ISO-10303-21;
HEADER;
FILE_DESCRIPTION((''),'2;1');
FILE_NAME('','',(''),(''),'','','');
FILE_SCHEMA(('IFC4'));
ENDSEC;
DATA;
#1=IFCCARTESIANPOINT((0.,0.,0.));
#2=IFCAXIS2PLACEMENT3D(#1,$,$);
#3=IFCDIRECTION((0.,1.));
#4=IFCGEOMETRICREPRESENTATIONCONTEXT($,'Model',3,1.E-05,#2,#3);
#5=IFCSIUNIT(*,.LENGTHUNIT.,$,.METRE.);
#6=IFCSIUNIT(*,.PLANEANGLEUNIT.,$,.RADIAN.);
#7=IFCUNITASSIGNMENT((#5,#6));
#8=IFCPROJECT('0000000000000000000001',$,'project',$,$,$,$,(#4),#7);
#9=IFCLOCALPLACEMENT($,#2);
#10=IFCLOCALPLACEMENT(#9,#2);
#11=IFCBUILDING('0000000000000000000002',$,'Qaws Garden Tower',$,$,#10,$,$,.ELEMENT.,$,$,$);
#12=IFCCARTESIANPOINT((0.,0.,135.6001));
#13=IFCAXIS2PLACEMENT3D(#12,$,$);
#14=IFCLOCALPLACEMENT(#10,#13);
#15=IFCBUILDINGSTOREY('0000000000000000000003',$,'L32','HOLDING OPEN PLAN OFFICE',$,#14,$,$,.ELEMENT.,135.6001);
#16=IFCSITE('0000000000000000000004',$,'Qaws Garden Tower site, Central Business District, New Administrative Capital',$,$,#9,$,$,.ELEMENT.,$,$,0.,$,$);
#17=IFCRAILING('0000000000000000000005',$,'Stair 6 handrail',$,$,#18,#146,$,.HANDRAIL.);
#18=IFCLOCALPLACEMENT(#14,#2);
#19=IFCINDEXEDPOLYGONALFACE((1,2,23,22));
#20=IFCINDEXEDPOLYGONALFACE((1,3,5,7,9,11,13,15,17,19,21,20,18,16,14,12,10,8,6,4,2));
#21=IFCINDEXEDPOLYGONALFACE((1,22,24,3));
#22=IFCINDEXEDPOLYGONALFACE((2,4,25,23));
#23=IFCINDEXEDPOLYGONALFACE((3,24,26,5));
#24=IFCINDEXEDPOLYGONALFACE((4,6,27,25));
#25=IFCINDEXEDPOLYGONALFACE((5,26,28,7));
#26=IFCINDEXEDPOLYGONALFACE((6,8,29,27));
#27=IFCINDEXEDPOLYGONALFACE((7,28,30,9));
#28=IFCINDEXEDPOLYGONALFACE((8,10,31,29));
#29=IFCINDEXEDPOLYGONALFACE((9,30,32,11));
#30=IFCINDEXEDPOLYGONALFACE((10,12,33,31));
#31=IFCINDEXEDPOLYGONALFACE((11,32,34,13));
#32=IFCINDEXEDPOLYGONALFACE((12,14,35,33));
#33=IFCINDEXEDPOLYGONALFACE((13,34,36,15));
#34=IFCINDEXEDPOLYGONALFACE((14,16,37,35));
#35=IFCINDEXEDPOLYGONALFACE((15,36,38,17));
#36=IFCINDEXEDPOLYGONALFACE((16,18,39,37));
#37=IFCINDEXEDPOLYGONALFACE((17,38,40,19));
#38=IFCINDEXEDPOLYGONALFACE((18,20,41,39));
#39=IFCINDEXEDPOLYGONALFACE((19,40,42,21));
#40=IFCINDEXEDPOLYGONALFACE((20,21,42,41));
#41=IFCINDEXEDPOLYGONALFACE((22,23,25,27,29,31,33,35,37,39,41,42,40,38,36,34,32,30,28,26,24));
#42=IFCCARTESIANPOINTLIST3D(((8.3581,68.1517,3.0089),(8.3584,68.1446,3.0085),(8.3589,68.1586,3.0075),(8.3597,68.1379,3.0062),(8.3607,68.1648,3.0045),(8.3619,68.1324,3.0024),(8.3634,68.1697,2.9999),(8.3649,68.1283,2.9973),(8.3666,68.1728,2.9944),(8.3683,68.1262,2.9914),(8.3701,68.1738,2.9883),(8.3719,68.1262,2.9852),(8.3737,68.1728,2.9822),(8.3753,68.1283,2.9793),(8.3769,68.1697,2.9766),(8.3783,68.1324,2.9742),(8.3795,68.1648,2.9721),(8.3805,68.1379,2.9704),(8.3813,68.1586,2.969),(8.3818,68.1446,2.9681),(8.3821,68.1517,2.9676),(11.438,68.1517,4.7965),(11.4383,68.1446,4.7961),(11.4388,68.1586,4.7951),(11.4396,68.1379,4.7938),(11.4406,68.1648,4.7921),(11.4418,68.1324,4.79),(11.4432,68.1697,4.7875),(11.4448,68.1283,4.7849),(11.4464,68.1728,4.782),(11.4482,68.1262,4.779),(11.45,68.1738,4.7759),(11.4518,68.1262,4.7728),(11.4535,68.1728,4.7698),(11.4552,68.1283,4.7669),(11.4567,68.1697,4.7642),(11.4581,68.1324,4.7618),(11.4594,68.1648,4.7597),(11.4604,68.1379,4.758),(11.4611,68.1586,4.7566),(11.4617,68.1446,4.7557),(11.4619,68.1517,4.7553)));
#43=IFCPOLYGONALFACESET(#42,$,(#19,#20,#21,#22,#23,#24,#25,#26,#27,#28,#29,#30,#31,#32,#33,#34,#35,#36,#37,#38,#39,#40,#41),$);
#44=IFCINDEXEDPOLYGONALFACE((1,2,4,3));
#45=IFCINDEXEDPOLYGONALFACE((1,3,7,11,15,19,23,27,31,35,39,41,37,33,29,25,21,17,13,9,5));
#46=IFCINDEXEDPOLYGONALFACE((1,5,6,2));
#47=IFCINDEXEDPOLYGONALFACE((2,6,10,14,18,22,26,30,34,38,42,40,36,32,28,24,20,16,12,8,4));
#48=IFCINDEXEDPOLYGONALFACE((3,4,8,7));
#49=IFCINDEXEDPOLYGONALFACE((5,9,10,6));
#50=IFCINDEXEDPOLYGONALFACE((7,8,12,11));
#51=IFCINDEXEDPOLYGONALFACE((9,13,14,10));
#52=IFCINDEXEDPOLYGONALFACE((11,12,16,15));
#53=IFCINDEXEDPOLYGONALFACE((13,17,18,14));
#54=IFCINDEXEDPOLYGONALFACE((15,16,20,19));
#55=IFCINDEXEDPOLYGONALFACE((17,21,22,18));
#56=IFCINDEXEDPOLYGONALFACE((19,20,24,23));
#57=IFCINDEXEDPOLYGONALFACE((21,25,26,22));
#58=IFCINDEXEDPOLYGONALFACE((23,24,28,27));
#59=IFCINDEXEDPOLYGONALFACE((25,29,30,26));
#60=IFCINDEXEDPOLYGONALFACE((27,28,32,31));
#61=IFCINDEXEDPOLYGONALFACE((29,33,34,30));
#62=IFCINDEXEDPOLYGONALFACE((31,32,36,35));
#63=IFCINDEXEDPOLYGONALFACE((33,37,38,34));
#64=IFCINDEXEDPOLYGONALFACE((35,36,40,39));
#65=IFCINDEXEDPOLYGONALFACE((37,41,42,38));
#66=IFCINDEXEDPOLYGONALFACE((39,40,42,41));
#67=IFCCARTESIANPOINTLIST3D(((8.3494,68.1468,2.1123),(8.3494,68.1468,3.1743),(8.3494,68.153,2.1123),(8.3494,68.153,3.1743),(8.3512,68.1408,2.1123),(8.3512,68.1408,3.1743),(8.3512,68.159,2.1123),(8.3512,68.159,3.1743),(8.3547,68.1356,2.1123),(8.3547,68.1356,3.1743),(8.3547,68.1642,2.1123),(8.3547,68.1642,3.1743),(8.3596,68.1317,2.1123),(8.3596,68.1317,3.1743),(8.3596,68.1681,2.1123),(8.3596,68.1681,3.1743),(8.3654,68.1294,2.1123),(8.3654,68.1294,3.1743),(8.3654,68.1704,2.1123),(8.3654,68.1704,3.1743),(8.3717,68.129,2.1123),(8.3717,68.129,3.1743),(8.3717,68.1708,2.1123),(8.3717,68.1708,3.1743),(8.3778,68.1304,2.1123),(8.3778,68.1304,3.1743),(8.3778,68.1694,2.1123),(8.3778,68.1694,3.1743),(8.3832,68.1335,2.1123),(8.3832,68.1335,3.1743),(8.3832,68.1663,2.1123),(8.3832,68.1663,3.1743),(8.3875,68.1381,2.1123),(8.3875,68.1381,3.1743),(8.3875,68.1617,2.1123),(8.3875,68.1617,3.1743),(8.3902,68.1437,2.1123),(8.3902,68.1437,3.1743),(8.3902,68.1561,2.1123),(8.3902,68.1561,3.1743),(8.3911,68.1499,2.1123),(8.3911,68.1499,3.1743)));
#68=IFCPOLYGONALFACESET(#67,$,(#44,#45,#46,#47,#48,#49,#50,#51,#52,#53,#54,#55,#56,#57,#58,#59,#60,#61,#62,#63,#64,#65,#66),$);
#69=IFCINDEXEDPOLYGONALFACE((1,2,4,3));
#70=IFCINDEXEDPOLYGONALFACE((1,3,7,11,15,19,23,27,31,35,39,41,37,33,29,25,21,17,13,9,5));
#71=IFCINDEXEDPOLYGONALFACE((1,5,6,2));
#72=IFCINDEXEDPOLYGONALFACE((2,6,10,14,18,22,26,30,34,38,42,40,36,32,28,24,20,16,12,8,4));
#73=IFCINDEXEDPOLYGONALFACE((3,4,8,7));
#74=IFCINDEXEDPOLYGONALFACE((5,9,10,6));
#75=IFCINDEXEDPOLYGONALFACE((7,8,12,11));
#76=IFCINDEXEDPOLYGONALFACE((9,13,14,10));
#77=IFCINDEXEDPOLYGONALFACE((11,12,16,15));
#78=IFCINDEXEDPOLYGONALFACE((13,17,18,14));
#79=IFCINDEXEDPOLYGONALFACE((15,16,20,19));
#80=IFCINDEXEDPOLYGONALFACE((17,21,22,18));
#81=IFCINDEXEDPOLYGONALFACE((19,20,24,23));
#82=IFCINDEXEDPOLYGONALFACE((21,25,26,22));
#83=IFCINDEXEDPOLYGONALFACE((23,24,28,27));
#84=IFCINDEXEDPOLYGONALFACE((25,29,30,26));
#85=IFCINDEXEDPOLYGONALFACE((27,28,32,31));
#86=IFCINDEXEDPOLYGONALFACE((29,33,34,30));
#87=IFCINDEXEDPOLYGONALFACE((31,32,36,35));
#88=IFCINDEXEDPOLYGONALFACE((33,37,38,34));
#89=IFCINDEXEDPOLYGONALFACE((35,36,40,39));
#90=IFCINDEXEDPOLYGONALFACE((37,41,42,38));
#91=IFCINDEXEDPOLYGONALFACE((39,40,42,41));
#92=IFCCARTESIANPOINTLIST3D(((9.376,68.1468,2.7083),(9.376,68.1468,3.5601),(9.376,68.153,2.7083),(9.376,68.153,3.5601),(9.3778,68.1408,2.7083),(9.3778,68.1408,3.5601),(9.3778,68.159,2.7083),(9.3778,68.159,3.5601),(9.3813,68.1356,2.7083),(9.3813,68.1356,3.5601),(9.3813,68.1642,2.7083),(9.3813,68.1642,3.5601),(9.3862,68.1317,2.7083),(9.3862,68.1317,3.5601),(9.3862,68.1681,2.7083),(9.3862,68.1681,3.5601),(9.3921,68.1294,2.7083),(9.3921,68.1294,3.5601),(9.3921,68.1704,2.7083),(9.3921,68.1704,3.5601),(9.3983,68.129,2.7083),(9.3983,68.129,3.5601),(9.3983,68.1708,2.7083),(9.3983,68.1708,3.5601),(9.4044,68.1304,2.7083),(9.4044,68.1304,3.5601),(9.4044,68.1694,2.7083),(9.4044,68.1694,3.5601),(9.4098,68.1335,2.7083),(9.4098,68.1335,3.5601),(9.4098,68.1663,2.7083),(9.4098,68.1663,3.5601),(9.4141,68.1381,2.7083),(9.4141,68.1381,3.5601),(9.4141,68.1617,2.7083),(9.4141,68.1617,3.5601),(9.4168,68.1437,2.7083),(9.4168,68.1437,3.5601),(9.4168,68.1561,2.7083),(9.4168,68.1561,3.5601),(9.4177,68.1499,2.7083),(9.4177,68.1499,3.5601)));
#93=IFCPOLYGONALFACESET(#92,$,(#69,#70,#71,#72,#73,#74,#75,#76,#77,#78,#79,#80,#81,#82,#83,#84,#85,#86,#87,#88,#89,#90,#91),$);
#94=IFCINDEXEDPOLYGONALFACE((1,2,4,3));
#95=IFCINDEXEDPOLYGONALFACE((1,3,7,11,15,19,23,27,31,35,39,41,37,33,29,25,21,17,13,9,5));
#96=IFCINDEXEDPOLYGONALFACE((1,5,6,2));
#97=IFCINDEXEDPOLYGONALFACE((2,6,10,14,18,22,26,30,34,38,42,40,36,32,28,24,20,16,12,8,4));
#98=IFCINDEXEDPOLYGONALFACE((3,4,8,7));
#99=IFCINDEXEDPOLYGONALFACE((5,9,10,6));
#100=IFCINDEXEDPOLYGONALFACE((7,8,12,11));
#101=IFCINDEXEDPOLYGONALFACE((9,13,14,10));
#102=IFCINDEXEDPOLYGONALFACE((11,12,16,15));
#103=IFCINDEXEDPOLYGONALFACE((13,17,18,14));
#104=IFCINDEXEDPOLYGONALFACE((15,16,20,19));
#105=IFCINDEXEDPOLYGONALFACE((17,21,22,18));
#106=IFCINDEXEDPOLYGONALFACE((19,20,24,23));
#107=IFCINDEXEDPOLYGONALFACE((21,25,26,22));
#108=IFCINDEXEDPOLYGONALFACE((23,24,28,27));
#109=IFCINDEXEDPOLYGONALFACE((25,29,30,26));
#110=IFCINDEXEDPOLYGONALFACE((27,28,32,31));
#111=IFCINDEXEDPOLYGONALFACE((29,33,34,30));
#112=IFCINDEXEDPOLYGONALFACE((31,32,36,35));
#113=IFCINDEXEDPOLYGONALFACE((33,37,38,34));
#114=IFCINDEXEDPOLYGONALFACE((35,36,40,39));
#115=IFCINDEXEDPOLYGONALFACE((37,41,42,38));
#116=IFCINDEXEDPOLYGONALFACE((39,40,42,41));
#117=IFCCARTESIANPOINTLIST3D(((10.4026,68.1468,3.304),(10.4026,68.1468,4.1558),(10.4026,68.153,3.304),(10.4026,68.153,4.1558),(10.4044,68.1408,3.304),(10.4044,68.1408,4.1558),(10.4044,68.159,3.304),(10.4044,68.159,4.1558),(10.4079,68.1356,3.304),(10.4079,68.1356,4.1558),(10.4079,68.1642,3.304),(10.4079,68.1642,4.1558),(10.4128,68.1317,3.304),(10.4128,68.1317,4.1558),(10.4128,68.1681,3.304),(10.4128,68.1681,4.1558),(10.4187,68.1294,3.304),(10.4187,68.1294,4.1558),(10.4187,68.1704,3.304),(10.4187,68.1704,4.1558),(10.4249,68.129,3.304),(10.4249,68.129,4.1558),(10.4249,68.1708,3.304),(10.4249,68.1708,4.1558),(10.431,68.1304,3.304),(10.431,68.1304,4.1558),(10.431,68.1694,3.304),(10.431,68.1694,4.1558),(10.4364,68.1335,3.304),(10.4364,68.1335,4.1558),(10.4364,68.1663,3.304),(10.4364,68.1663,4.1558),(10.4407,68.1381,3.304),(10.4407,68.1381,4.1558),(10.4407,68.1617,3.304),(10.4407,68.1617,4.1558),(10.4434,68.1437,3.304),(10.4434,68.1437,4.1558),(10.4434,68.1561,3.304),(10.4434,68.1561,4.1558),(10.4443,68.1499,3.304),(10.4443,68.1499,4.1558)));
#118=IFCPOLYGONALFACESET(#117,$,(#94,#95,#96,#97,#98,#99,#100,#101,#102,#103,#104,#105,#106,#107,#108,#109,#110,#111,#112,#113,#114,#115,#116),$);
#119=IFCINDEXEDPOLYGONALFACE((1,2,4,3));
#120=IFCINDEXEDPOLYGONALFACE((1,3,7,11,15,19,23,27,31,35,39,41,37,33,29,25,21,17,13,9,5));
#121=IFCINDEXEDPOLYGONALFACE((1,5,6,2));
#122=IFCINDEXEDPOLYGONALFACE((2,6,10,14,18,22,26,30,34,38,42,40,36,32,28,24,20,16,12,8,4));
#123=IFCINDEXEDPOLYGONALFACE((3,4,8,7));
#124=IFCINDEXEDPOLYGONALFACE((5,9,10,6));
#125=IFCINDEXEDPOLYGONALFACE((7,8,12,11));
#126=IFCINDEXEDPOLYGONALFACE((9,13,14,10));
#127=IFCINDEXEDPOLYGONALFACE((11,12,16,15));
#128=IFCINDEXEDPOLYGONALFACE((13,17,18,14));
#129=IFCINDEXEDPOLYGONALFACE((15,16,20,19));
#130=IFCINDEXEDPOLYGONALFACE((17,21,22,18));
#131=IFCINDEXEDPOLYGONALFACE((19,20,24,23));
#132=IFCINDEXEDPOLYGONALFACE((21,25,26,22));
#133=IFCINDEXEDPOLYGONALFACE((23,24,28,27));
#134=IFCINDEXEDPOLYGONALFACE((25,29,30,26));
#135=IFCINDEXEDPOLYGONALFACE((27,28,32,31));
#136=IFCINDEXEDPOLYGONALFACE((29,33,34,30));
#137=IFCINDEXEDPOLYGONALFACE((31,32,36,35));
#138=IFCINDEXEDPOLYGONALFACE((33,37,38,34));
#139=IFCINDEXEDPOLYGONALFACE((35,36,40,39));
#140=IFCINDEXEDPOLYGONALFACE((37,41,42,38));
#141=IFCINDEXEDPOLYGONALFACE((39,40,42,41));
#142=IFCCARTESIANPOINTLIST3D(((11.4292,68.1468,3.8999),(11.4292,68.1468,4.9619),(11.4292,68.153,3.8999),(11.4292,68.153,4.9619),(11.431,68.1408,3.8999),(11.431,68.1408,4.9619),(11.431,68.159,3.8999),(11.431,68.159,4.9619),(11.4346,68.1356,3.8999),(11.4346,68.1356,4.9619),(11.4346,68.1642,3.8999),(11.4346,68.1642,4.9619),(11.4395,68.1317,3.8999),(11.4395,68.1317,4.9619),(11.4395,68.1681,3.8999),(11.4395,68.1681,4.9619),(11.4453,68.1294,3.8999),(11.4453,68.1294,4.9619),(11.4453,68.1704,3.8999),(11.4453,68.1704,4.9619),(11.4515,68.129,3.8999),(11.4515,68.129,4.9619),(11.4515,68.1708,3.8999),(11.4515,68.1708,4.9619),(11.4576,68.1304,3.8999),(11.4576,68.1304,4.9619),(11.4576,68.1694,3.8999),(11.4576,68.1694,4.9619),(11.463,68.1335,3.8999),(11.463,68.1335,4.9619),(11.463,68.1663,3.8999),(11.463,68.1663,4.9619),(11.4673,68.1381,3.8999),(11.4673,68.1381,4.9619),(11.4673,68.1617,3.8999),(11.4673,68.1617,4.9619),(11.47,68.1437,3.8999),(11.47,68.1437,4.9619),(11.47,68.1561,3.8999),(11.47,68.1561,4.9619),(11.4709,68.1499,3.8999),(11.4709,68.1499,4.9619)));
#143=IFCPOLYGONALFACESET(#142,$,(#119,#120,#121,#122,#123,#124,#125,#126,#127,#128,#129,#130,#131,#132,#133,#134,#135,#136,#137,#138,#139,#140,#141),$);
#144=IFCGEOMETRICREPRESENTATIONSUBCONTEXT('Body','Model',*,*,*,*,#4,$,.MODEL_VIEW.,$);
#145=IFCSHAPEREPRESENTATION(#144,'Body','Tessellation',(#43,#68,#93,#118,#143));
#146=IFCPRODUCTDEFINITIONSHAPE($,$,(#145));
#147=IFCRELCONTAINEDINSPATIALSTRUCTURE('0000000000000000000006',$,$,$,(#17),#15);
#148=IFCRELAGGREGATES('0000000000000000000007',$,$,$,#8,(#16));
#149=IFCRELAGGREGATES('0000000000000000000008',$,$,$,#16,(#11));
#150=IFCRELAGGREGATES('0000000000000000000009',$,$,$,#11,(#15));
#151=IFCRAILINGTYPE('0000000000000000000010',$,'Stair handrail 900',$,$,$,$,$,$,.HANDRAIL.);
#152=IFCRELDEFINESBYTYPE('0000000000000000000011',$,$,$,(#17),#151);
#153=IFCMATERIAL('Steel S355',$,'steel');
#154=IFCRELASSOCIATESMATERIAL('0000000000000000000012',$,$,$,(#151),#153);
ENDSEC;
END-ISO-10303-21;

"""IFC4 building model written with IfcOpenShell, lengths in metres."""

from ifc_helpers import new_model, si_unit, direction, frame, origin, origin_2d, place, context, subcontext, project, spatial, circle, extrude, material, type_object, element, save


model = new_model("IFC4")

# Units and contexts
model_context = context("Model", 3, precision=1e-05, world=origin(), true_north=direction((0.0, 1.0)))
body_context = subcontext(model_context, "Body", "Model", "MODEL_VIEW")
ifc_project = project(units=[si_unit("LENGTHUNIT", "METRE"), si_unit("PLANEANGLEUNIT", "RADIAN")], contexts=[model_context])

# Site, building, storey
site_placement = place(None, origin())
site = spatial("IfcSite", under=ifc_project, at=site_placement, Name="Qaws Garden Tower site, Central Business District, New Administrative Capital", CompositionType="ELEMENT", RefElevation=0.0)
building_placement = place(site_placement, origin())
building = spatial("IfcBuilding", under=site, at=building_placement, Name="Qaws Garden Tower", CompositionType="ELEMENT")
storey_placement = place(building_placement, frame((0.0, 0.0, 135.6001)))
storey = spatial("IfcBuildingStorey", under=building, at=storey_placement, Name="L32", Description="HOLDING OPEN PLAN OFFICE", CompositionType="ELEMENT", Elevation=135.6001)

# Railing
ifc_material_1 = material(Name="Steel S355", Category="steel")
railing_type = type_object("IfcRailingType", Name="Stair handrail 900", PredefinedType="HANDRAIL", material=ifc_material_1)
railing_1_placement = place(storey_placement, frame((8.3701, 68.1499, 2.1123)))
element("IfcRailing", 1, at=railing_1_placement, inside=storey, type_object=railing_type, Name="Stair 6 handrail", PredefinedType="HANDRAIL", context=body_context, shape_type="SweptSolid", body=[
    extrude(circle(Radius=0.0239, at=origin_2d()), frame((0.0, 0.0, 0.876), z_axis=(0.864873, 0.0, 0.50199), x_axis=(0.0, 1.0, 0.0)), (0.0, 0.0, 1.0), 3.561),
    extrude(circle(Radius=0.021, at=origin_2d()), origin(), (0.0, 0.0, 1.0), 1.062),
    extrude(circle(Radius=0.021, at=origin_2d()), frame((1.0266, 0.0, 0.5959)), (0.0, 0.0, 1.0), 0.8518),
    extrude(circle(Radius=0.021, at=origin_2d()), frame((2.0532, 0.0, 1.1917)), (0.0, 0.0, 1.0), 0.8518),
    extrude(circle(Radius=0.021, at=origin_2d()), frame((3.0798, 0.0, 1.7876)), (0.0, 0.0, 1.0), 1.062),
])

save(model, "model.ifc")
